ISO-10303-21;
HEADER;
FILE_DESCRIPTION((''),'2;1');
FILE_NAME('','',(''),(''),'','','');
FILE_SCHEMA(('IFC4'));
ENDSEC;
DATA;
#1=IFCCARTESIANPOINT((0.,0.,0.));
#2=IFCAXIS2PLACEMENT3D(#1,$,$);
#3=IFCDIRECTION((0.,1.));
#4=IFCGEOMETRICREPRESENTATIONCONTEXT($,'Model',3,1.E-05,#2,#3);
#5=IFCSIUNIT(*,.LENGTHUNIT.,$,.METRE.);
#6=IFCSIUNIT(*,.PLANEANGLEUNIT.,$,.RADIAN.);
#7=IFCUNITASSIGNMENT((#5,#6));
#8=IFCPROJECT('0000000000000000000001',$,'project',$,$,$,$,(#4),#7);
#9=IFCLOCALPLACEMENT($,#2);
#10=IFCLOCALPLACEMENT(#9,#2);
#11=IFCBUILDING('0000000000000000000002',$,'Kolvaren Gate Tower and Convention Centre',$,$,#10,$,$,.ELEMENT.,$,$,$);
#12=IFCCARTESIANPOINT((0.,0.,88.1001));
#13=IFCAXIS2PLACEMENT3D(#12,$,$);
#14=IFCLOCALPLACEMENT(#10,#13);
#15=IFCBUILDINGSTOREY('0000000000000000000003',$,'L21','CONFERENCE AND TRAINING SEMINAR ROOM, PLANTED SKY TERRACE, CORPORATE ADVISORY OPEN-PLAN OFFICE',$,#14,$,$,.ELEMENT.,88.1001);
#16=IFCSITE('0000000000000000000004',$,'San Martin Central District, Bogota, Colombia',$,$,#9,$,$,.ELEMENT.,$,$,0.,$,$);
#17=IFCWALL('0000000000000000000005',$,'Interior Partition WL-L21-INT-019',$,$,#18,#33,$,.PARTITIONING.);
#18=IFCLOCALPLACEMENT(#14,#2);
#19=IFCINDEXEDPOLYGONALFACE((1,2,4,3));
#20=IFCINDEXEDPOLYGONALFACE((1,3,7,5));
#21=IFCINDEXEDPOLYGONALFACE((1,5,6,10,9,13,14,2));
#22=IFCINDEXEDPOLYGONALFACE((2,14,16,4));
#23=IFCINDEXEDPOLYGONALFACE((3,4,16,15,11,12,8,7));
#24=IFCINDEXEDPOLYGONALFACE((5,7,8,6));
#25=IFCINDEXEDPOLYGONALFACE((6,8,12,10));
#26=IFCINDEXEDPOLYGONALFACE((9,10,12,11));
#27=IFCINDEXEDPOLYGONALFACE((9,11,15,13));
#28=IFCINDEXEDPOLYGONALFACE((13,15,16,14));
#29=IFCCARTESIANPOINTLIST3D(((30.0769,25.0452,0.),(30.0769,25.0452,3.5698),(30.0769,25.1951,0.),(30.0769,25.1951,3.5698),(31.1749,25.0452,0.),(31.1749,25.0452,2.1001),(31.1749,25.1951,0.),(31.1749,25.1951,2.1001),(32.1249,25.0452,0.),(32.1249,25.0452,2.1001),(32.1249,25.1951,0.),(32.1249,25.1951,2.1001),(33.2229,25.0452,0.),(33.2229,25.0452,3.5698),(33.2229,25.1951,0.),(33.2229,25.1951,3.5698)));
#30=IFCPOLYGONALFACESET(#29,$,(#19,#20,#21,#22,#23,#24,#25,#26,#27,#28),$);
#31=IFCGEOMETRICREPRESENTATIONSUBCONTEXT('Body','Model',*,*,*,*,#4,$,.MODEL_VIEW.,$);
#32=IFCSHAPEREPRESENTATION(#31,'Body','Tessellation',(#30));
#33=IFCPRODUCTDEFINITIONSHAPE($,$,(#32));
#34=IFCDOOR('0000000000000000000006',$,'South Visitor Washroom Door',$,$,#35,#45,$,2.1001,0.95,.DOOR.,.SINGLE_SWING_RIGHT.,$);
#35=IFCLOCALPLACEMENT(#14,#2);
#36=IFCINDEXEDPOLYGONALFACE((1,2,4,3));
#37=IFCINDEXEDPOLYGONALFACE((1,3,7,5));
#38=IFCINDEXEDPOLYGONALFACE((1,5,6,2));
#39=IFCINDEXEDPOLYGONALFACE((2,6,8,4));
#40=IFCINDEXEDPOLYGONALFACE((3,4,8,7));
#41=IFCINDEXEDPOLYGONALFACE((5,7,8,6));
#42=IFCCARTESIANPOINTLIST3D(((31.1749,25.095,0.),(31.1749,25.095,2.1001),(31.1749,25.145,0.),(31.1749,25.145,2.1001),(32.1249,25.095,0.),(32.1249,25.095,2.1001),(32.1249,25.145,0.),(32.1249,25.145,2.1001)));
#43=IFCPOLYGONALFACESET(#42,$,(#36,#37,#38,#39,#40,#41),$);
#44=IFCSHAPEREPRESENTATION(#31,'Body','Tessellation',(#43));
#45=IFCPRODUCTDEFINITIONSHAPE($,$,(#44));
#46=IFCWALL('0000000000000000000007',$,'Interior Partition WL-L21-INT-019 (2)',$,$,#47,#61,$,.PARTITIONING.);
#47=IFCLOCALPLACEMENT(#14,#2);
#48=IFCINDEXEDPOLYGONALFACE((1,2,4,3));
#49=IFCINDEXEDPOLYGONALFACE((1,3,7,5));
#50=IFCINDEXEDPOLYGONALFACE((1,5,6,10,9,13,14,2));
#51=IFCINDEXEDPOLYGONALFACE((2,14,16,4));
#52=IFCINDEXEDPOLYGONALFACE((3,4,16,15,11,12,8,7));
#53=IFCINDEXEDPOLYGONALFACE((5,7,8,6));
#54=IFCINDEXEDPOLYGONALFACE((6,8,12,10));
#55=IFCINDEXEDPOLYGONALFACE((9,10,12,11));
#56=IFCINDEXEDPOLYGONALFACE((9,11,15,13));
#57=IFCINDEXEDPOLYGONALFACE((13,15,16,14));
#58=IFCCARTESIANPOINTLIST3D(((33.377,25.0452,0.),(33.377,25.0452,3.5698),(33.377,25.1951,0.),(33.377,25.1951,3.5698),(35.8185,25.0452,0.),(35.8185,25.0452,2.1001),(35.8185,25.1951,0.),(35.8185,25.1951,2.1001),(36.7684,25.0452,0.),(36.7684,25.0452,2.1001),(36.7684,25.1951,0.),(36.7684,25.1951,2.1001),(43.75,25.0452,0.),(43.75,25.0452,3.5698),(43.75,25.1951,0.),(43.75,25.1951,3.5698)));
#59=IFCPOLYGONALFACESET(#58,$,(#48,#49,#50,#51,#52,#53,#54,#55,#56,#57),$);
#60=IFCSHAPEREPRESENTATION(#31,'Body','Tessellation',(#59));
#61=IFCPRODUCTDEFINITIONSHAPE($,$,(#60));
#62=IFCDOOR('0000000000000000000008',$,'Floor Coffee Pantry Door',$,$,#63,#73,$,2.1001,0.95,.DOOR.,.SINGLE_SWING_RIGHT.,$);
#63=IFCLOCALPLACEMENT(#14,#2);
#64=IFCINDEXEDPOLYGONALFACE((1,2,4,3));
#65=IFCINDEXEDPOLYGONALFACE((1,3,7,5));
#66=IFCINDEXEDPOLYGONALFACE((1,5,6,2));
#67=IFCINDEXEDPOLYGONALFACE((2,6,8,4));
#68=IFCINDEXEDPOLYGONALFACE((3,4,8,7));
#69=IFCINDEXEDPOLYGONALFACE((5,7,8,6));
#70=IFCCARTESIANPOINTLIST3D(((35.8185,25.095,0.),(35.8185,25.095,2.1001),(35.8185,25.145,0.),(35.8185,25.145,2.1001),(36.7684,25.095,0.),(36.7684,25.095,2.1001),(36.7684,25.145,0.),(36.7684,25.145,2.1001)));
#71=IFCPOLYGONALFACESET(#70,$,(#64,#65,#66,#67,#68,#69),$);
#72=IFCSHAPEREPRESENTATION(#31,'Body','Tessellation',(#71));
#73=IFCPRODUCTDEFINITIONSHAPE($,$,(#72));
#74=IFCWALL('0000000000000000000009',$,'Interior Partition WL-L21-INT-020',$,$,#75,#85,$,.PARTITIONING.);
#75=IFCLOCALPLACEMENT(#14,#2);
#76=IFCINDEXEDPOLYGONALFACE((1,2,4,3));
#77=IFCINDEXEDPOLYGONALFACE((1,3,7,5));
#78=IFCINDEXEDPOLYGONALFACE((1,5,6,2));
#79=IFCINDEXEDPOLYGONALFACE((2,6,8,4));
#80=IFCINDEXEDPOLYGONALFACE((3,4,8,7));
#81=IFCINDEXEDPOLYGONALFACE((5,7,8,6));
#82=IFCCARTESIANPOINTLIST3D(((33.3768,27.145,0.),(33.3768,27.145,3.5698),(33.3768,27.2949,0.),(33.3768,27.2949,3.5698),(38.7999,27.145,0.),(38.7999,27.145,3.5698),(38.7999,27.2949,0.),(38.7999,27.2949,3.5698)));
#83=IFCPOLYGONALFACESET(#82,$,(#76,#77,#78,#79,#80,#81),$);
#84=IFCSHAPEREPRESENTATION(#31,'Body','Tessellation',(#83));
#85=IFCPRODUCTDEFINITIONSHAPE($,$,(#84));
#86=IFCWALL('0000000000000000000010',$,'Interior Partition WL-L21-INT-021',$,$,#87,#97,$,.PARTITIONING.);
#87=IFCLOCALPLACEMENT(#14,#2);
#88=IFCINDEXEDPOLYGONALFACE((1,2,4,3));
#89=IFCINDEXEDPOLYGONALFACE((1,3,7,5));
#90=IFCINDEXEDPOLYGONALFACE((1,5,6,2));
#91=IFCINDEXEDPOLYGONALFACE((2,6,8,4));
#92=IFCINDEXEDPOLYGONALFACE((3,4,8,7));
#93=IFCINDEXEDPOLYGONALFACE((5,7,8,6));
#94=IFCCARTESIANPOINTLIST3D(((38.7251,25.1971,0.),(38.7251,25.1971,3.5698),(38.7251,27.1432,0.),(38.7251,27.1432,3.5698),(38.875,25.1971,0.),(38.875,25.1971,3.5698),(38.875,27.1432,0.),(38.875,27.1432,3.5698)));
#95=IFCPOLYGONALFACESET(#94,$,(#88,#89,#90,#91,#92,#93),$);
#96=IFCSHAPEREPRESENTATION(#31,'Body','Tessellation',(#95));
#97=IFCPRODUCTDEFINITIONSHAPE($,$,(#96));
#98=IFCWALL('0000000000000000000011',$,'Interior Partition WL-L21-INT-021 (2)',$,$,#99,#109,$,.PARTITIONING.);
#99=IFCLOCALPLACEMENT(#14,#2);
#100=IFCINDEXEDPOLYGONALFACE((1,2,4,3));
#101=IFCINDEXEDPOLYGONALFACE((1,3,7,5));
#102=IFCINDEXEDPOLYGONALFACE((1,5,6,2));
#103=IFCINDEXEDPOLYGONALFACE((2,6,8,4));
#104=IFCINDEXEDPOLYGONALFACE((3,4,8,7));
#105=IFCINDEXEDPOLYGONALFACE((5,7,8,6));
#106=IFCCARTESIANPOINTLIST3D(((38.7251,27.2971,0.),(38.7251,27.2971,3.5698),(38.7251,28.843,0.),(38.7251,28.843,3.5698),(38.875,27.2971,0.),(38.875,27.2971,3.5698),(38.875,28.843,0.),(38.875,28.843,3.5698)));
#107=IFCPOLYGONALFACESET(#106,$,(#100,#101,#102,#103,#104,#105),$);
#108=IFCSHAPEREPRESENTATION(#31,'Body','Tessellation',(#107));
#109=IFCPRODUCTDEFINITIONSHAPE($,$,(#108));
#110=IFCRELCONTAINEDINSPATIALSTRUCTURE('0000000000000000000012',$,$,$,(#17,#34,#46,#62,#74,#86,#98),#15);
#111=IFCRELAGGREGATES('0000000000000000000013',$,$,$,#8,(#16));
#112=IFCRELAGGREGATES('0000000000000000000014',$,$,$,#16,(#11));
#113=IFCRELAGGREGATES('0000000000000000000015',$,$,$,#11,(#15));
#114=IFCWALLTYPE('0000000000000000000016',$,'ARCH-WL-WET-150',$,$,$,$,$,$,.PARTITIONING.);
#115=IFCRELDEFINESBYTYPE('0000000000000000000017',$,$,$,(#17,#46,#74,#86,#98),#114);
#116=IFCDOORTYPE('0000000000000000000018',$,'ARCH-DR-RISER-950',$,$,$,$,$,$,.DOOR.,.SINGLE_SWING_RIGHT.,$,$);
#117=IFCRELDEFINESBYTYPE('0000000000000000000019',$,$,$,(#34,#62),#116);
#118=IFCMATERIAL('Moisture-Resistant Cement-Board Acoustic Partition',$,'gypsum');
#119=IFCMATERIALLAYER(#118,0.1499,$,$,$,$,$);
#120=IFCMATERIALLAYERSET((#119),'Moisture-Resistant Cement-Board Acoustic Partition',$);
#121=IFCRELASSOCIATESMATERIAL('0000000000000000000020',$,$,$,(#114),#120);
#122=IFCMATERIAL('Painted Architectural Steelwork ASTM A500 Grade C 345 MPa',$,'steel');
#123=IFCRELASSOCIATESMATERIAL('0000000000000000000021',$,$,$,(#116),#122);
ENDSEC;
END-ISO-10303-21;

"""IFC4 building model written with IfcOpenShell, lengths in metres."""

from ifc_helpers import new_model, si_unit, direction, frame, frame_2d, origin, place, context, subcontext, project, spatial, rectangle, extrude, material, layer, layer_set, type_object, element, fill, save


model = new_model("IFC4")

# Units and contexts
model_context = context("Model", 3, precision=1e-05, world=origin(), true_north=direction((0.0, 1.0)))
body_context = subcontext(model_context, "Body", "Model", "MODEL_VIEW")
ifc_project = project(units=[si_unit("LENGTHUNIT", "METRE"), si_unit("PLANEANGLEUNIT", "RADIAN")], contexts=[model_context])

# Site, building, storey
site_placement = place(None, origin())
site = spatial("IfcSite", under=ifc_project, at=site_placement, Name="San Martin Central District, Bogota, Colombia", CompositionType="ELEMENT", RefElevation=0.0)
building_placement = place(site_placement, origin())
building = spatial("IfcBuilding", under=site, at=building_placement, Name="Kolvaren Gate Tower and Convention Centre", CompositionType="ELEMENT")
storey_placement = place(building_placement, frame((0.0, 0.0, 88.1001)))
storey = spatial("IfcBuildingStorey", under=building, at=storey_placement, Name="L21", Description="CONFERENCE AND TRAINING SEMINAR ROOM, PLANTED SKY TERRACE, CORPORATE ADVISORY OPEN-PLAN OFFICE", CompositionType="ELEMENT", Elevation=88.1001)

# Shared definitions
ifc_material_1 = material(Name="Moisture-Resistant Cement-Board Acoustic Partition", Category="gypsum")
ifc_layer_1 = layer(ifc_material_1, 0.1499)
ifc_layer_set_1 = layer_set([ifc_layer_1], Name="Moisture-Resistant Cement-Board Acoustic Partition")
wall_type_1 = type_object("IfcWallType", Name="ARCH-WL-WET-150", PredefinedType="PARTITIONING", material=ifc_layer_set_1)

# Shared definitions
ifc_material_2 = material(Name="Painted Architectural Steelwork ASTM A500 Grade C 345 MPa", Category="steel")
door_type_1 = type_object("IfcDoorType", Name="ARCH-DR-RISER-950", OperationType="SINGLE_SWING_RIGHT", PredefinedType="DOOR", material=ifc_material_2)

# Walls, openings, doors
wall_1_placement = place(storey_placement, frame((30.0769, 25.1201, 0.0), z_axis=(0.0, 0.0, 1.0), x_axis=(1.0, 0.0, 0.0)))
wall_1 = element("IfcWall", 1, at=wall_1_placement, inside=storey, type_object=wall_type_1, Name="Interior Partition WL-L21-INT-019", PredefinedType="PARTITIONING", context=body_context, shape_type="SweptSolid", body=[
    extrude(rectangle(XDim=3.146, YDim=0.1499, at=frame_2d((1.573, 0.0))), origin(), (0.0, 0.0, 1.0), 3.5698),
])
opening_1_placement = place(wall_1_placement, frame((1.0979, 0.0, 0.0)))
opening_1 = element("IfcOpeningElement", 2, at=opening_1_placement, cuts=wall_1, PredefinedType="OPENING", context=body_context, shape_type="SweptSolid", body=[
    extrude(rectangle(XDim=0.95, YDim=2.1001, at=frame_2d((0.4751, 1.05))), frame((0.0, 0.085, 0.0), z_axis=(0.0, -1.0, 0.0), x_axis=(1.0, 0.0, 0.0)), (0.0, 0.0, 1.0), 0.1699),
])
door_1_placement = place(opening_1_placement, origin())
door_1 = element("IfcDoor", 3, at=door_1_placement, inside=storey, type_object=door_type_1, Name="South Visitor Washroom Door", OperationType="SINGLE_SWING_RIGHT", OverallHeight=2.1001, OverallWidth=0.95, PredefinedType="DOOR", context=body_context, shape_type="SweptSolid", body=[
    extrude(rectangle(XDim=0.95, YDim=2.1001, at=frame_2d((0.4751, 1.05))), frame((0.0, 0.0249, 0.0), z_axis=(0.0, -1.0, 0.0), x_axis=(1.0, 0.0, 0.0)), (0.0, 0.0, 1.0), 0.05),
])
fill(opening_1, door_1)
wall_2_placement = place(storey_placement, frame((33.377, 25.1201, 0.0), z_axis=(0.0, 0.0, 1.0), x_axis=(1.0, 0.0, 0.0)))
wall_2 = element("IfcWall", 4, at=wall_2_placement, inside=storey, type_object=wall_type_1, Name="Interior Partition WL-L21-INT-019 (2)", PredefinedType="PARTITIONING", context=body_context, shape_type="SweptSolid", body=[
    extrude(rectangle(XDim=10.373, YDim=0.1499, at=frame_2d((5.1865, 0.0))), origin(), (0.0, 0.0, 1.0), 3.5698),
])
opening_2_placement = place(wall_2_placement, frame((2.4414, 0.0, 0.0)))
opening_2 = element("IfcOpeningElement", 5, at=opening_2_placement, cuts=wall_2, PredefinedType="OPENING", context=body_context, shape_type="SweptSolid", body=[
    extrude(rectangle(XDim=0.95, YDim=2.1001, at=frame_2d((0.4751, 1.05))), frame((0.0, 0.085, 0.0), z_axis=(0.0, -1.0, 0.0), x_axis=(1.0, 0.0, 0.0)), (0.0, 0.0, 1.0), 0.1699),
])
door_2_placement = place(opening_2_placement, origin())
door_2 = element("IfcDoor", 6, at=door_2_placement, inside=storey, type_object=door_type_1, Name="Floor Coffee Pantry Door", OperationType="SINGLE_SWING_RIGHT", OverallHeight=2.1001, OverallWidth=0.95, PredefinedType="DOOR", context=body_context, shape_type="SweptSolid", body=[
    extrude(rectangle(XDim=0.95, YDim=2.1001, at=frame_2d((0.4751, 1.05))), frame((0.0, 0.0249, 0.0), z_axis=(0.0, -1.0, 0.0), x_axis=(1.0, 0.0, 0.0)), (0.0, 0.0, 1.0), 0.05),
])
fill(opening_2, door_2)

# Walls
wall_3_placement = place(storey_placement, frame((33.377, 27.22, 0.0), z_axis=(0.0, 0.0, 1.0), x_axis=(1.0, 0.0, 0.0)))
element("IfcWall", 7, at=wall_3_placement, inside=storey, type_object=wall_type_1, Name="Interior Partition WL-L21-INT-020", PredefinedType="PARTITIONING", context=body_context, shape_type="SweptSolid", body=[
    extrude(rectangle(XDim=5.4231, YDim=0.1499, at=frame_2d((2.7114, 0.0))), origin(), (0.0, 0.0, 1.0), 3.5698),
])
wall_4_placement = place(storey_placement, frame((38.8, 25.197, 0.0), z_axis=(0.0, 0.0, 1.0), x_axis=(0.0, 1.0, 0.0)))
element("IfcWall", 8, at=wall_4_placement, inside=storey, type_object=wall_type_1, Name="Interior Partition WL-L21-INT-021", PredefinedType="PARTITIONING", context=body_context, shape_type="SweptSolid", body=[
    extrude(rectangle(XDim=1.946, YDim=0.1499, at=frame_2d((0.9731, 0.0))), origin(), (0.0, 0.0, 1.0), 3.5698),
])
wall_5_placement = place(storey_placement, frame((38.8, 27.2971, 0.0), z_axis=(0.0, 0.0, 1.0), x_axis=(0.0, 1.0, 0.0)))
element("IfcWall", 9, at=wall_5_placement, inside=storey, type_object=wall_type_1, Name="Interior Partition WL-L21-INT-021 (2)", PredefinedType="PARTITIONING", context=body_context, shape_type="SweptSolid", body=[
    extrude(rectangle(XDim=1.5459, YDim=0.1499, at=frame_2d((0.7729, 0.0))), origin(), (0.0, 0.0, 1.0), 3.5698),
])

save(model, "model.ifc")
